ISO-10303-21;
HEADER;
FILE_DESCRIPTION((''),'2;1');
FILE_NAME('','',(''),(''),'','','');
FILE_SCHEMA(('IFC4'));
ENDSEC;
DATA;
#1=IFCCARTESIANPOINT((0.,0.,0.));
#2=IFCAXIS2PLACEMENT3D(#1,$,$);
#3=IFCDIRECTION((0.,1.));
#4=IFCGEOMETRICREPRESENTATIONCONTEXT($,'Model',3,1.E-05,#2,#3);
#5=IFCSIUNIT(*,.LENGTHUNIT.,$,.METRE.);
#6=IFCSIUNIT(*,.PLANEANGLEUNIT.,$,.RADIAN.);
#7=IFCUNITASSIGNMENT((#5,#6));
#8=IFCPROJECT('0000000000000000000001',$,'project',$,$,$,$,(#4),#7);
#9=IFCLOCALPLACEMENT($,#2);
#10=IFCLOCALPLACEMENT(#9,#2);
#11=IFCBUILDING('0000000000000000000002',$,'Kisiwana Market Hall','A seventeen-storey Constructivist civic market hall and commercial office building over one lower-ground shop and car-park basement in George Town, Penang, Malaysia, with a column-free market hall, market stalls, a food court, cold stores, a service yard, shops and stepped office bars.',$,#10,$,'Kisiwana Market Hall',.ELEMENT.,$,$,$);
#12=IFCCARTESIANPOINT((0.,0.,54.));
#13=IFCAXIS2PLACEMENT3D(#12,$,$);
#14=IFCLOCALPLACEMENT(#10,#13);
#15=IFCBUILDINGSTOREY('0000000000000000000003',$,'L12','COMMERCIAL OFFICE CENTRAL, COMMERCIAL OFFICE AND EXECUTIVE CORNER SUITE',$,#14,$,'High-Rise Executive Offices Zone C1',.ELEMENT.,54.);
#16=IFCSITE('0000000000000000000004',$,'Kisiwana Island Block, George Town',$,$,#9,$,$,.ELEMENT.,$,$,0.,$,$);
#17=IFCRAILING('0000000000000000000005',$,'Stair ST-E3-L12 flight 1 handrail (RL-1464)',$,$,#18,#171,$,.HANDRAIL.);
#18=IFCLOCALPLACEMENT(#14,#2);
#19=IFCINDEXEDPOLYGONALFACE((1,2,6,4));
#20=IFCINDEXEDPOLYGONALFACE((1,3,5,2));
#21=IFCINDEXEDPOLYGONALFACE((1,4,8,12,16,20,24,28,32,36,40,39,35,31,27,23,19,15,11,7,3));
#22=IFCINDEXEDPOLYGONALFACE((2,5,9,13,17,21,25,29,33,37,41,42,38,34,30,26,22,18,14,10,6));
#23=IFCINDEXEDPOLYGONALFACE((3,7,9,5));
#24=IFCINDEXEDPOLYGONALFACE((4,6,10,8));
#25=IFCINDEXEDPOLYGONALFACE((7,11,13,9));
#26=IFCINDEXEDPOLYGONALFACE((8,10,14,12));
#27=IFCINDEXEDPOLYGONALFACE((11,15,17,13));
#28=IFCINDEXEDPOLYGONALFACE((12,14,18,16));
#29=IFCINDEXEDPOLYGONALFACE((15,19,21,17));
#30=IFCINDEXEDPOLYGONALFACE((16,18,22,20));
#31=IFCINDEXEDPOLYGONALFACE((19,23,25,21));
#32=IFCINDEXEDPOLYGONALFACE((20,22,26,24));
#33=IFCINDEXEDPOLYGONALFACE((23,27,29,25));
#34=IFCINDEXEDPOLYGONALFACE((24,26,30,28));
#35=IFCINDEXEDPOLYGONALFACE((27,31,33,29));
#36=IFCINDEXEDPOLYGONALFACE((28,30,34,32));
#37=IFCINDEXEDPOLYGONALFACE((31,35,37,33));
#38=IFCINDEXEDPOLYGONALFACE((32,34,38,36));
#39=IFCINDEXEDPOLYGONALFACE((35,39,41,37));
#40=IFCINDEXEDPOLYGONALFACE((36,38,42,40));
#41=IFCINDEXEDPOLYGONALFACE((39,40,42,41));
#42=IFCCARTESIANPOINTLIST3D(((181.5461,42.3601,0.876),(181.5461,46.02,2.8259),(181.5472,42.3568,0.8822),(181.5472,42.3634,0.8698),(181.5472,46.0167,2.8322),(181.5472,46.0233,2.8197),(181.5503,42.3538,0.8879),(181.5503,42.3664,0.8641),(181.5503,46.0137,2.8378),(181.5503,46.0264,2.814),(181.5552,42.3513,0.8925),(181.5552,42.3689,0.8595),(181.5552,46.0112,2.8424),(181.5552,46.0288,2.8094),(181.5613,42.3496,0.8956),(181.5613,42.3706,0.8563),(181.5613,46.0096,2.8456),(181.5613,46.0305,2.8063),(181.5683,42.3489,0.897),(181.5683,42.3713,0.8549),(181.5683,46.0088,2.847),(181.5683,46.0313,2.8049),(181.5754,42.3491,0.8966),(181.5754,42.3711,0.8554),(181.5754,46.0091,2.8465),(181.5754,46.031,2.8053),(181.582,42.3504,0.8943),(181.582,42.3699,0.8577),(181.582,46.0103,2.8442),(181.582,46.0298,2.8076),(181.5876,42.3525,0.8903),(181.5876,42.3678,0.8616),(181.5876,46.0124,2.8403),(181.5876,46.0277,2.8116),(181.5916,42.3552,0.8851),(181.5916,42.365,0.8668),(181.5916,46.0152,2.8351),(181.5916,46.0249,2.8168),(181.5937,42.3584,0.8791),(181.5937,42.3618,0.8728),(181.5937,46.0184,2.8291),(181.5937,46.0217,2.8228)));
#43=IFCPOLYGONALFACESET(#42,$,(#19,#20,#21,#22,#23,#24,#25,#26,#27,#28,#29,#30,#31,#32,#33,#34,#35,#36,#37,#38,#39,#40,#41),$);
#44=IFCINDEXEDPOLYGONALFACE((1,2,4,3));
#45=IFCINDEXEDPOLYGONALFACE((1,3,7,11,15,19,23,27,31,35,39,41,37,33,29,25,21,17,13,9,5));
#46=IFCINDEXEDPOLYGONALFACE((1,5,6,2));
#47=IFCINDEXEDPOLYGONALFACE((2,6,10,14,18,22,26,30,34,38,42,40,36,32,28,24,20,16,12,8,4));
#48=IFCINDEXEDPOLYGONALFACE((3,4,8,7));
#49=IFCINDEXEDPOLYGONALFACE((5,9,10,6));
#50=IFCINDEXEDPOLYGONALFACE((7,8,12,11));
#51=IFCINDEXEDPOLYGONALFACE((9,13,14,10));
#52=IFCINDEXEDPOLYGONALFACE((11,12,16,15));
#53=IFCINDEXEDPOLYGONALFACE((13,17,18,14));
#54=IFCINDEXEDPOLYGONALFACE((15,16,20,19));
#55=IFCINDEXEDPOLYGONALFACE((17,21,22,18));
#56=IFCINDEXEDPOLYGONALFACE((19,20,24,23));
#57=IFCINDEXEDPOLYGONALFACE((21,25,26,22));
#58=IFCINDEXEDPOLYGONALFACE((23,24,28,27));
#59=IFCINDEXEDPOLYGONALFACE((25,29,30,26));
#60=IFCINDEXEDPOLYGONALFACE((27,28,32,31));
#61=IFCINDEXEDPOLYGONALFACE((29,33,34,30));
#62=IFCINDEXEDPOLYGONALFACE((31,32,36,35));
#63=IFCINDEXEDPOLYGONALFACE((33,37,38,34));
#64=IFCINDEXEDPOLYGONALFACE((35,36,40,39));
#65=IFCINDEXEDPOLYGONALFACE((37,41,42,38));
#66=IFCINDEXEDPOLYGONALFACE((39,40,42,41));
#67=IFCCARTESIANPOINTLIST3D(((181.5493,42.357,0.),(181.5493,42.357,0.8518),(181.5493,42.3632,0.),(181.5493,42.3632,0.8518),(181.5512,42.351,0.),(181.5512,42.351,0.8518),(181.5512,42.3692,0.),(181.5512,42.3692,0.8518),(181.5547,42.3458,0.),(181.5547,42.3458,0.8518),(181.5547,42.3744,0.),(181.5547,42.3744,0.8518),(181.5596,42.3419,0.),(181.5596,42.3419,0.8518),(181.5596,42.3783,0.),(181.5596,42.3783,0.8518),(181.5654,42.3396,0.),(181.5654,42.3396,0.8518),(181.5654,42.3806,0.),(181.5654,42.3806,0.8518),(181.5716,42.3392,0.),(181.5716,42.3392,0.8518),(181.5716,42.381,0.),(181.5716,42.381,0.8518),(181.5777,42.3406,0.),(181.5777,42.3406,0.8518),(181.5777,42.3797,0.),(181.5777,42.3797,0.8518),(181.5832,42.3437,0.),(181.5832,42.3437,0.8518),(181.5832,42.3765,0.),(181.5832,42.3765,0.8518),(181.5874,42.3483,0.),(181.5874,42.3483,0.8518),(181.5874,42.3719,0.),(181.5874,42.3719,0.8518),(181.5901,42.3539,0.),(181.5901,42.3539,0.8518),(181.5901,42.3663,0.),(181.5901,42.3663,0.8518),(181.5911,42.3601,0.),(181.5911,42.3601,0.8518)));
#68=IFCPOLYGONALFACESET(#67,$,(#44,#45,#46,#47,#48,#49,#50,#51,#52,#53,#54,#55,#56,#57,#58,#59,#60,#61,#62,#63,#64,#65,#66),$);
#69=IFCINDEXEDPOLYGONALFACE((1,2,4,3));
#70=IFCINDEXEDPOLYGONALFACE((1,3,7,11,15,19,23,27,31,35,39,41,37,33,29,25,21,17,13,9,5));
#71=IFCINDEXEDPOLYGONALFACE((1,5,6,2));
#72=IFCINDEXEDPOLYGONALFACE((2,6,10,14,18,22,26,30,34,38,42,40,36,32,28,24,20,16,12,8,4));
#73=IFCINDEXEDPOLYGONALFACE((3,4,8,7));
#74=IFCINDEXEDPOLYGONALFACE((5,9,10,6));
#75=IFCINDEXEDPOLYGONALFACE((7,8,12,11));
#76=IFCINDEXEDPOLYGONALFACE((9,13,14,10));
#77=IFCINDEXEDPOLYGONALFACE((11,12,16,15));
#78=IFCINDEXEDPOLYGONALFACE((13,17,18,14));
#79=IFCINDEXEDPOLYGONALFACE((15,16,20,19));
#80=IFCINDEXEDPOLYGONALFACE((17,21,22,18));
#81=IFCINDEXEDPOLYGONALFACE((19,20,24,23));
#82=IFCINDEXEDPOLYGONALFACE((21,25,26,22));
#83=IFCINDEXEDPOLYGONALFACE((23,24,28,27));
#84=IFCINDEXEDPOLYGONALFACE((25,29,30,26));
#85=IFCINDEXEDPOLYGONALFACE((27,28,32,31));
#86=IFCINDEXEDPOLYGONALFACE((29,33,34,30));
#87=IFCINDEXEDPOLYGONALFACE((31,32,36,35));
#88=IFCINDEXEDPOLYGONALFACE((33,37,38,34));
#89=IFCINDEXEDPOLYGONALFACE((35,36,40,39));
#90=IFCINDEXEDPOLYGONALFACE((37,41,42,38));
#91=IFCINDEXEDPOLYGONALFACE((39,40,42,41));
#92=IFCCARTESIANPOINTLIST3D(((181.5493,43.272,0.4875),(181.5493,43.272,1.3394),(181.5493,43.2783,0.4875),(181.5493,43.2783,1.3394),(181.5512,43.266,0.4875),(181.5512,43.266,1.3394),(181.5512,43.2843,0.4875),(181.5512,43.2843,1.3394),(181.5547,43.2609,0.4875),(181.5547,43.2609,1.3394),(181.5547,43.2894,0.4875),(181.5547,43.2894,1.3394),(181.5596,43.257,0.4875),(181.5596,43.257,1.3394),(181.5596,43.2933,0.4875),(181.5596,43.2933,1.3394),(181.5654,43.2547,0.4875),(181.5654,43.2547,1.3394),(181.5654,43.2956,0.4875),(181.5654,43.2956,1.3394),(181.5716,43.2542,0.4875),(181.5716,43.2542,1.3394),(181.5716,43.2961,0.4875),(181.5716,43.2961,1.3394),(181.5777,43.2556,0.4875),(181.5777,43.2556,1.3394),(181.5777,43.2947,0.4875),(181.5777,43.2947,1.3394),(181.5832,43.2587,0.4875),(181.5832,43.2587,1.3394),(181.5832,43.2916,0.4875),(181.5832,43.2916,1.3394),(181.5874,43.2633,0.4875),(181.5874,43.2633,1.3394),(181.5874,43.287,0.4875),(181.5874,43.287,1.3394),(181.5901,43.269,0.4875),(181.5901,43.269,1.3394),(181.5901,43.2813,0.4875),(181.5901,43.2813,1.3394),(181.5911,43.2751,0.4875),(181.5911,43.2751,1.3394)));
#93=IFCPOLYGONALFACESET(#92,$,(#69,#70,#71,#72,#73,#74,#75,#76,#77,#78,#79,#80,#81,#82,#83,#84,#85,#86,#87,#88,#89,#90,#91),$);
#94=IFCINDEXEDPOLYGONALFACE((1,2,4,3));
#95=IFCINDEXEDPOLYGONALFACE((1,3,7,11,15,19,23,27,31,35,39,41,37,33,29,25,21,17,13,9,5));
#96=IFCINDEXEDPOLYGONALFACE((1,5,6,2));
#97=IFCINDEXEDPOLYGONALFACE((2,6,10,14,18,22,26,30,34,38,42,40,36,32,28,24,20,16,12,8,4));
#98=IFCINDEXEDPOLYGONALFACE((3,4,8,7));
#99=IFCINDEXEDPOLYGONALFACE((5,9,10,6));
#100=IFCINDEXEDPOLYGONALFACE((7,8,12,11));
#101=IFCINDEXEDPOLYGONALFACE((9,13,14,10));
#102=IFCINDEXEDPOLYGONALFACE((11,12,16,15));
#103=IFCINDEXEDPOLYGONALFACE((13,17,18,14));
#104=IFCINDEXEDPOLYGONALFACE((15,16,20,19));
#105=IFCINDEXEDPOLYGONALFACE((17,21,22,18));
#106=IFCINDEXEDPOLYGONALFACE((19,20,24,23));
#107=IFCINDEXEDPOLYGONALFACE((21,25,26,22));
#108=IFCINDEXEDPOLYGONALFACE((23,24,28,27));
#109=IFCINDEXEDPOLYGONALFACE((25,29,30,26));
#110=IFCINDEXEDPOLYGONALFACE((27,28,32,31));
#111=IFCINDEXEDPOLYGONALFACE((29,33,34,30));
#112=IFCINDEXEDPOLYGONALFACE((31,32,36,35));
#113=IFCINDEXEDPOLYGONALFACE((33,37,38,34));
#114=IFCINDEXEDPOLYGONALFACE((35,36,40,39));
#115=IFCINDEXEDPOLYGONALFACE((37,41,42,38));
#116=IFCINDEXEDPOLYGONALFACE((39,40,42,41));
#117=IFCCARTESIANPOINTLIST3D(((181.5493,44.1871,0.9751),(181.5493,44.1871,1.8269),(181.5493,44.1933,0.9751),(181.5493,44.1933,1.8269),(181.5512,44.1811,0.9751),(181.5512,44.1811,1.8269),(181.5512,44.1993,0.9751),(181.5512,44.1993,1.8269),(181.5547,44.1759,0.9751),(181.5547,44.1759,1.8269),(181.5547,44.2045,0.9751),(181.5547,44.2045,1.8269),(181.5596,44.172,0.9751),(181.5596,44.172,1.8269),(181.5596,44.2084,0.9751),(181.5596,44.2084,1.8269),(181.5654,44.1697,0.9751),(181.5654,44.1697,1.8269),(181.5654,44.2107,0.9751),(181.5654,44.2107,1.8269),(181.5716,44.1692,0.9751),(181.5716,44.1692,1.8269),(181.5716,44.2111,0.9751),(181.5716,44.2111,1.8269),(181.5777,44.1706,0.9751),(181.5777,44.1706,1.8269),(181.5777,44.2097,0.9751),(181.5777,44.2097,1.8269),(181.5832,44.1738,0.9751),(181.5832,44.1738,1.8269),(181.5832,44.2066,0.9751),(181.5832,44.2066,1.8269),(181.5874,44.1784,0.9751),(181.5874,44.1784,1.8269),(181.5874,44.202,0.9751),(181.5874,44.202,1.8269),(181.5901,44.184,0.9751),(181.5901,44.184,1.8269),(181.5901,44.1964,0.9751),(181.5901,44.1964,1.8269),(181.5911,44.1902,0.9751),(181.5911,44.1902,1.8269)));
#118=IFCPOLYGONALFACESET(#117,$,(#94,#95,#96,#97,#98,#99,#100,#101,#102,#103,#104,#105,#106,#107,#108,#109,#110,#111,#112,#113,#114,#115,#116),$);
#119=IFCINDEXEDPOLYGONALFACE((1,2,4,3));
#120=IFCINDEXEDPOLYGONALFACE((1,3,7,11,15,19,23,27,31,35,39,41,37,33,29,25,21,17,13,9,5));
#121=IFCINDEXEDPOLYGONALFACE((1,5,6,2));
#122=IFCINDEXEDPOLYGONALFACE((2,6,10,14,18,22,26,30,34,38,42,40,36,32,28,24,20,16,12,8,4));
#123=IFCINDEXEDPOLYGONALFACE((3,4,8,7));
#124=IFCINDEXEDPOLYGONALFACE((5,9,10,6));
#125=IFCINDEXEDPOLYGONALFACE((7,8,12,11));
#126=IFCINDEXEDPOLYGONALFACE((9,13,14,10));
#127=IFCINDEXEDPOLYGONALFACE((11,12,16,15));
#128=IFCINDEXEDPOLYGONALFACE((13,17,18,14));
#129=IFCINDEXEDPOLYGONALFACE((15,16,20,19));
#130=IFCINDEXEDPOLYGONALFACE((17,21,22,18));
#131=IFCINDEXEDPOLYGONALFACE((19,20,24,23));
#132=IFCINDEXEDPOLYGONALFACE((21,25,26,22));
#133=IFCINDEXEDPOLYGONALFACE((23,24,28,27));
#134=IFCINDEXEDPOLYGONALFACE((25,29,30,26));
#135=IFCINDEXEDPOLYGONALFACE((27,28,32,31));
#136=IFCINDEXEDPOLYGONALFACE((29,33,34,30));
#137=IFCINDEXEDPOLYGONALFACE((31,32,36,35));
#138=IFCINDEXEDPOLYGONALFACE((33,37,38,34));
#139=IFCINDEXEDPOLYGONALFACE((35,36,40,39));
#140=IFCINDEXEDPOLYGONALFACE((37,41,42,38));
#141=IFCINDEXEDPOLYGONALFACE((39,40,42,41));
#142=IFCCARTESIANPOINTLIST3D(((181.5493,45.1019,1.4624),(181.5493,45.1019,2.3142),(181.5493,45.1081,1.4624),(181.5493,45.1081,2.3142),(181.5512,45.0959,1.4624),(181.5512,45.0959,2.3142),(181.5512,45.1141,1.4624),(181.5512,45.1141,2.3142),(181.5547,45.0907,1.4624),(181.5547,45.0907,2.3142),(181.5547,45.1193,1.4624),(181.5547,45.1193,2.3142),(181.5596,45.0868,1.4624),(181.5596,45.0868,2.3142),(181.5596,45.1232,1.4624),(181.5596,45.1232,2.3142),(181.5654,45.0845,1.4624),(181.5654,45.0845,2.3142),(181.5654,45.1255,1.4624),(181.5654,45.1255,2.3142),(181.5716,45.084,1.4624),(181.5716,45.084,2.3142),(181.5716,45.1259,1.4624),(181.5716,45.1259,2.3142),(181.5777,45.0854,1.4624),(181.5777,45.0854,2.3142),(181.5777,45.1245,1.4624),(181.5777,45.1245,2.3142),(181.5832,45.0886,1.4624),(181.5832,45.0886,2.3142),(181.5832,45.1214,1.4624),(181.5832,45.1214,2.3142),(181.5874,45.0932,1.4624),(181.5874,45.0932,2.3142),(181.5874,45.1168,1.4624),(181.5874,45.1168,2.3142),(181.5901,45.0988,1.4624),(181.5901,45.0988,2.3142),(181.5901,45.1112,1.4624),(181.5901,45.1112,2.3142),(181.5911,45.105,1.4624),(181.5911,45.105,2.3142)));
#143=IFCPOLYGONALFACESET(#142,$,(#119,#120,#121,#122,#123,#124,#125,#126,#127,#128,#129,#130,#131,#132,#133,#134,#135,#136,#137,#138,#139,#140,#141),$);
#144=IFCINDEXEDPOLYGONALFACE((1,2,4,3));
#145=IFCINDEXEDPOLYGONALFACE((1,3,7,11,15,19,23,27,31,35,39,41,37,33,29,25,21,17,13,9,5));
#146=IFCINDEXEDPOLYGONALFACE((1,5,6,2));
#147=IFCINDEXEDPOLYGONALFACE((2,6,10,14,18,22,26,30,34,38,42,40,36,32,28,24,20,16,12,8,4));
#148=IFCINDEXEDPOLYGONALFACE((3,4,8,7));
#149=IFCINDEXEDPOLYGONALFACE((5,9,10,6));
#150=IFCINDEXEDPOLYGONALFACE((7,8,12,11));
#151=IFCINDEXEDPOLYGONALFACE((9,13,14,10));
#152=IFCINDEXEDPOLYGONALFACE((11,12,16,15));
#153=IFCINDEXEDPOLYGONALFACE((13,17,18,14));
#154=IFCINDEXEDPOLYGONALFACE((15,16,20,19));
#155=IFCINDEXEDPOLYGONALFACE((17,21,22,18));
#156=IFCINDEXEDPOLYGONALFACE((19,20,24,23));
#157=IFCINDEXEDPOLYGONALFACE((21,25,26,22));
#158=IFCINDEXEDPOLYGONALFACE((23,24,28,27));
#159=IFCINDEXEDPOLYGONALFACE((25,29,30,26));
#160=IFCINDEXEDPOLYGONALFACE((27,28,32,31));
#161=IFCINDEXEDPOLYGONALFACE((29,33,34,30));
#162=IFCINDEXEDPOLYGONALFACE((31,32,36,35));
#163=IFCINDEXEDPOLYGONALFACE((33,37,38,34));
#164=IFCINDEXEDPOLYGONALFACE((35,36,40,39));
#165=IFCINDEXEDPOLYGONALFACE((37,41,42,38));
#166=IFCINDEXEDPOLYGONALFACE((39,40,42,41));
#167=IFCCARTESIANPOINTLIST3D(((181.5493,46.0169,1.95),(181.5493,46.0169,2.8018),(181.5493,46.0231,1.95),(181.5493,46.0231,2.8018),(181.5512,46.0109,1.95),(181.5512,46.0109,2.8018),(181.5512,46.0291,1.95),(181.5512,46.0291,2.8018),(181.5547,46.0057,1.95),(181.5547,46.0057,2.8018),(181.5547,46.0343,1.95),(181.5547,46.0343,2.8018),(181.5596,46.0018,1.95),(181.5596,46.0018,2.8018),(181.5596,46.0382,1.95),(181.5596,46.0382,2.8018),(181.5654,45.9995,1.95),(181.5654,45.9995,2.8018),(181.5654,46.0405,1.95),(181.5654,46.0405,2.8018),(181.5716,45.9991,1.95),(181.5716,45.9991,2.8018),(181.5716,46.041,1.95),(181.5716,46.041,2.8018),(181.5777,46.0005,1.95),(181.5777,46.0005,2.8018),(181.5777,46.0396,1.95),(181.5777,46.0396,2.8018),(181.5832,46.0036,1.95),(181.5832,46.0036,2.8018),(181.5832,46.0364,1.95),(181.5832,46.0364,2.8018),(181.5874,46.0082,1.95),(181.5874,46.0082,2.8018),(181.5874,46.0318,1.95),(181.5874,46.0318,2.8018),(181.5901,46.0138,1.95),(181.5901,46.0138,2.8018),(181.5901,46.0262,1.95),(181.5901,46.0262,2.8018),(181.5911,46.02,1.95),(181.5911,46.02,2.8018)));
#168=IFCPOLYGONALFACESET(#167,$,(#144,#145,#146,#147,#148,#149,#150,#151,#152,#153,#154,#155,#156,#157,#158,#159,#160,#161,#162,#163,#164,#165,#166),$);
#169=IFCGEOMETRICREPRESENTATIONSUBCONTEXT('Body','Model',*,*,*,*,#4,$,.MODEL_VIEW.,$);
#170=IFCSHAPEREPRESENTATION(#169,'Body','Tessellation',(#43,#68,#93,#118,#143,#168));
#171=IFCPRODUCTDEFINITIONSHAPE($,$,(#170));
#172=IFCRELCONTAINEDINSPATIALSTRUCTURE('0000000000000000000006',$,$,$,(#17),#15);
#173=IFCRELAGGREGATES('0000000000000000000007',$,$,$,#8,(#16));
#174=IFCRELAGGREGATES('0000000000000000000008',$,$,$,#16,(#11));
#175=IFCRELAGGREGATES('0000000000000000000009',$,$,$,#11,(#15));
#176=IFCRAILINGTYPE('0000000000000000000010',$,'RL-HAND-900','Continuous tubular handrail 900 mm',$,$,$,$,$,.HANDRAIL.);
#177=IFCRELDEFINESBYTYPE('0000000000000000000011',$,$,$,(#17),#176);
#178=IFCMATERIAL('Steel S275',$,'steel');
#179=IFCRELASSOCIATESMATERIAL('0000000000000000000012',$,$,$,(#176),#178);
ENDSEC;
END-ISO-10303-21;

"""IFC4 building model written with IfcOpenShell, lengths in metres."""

from ifc_helpers import new_model, si_unit, direction, frame, origin, origin_2d, place, context, subcontext, project, spatial, circle, extrude, material, type_object, element, save


model = new_model("IFC4")

# Units and contexts
model_context = context("Model", 3, precision=1e-05, world=origin(), true_north=direction((0.0, 1.0)))
body_context = subcontext(model_context, "Body", "Model", "MODEL_VIEW")
ifc_project = project(units=[si_unit("LENGTHUNIT", "METRE"), si_unit("PLANEANGLEUNIT", "RADIAN")], contexts=[model_context])

# Site, building, storey
site_placement = place(None, origin())
site = spatial("IfcSite", under=ifc_project, at=site_placement, Name="Kisiwana Island Block, George Town", CompositionType="ELEMENT", RefElevation=0.0)
building_placement = place(site_placement, origin())
building = spatial("IfcBuilding", under=site, at=building_placement, Name="Kisiwana Market Hall", Description="A seventeen-storey Constructivist civic market hall and commercial office building over one lower-ground shop and car-park basement in George Town, Penang, Malaysia, with a column-free market hall, market stalls, a food court, cold stores, a service yard, shops and stepped office bars.", LongName="Kisiwana Market Hall", CompositionType="ELEMENT")
storey_placement = place(building_placement, frame((0.0, 0.0, 54.0)))
storey = spatial("IfcBuildingStorey", under=building, at=storey_placement, Name="L12", Description="COMMERCIAL OFFICE CENTRAL, COMMERCIAL OFFICE AND EXECUTIVE CORNER SUITE", LongName="High-Rise Executive Offices Zone C1", CompositionType="ELEMENT", Elevation=54.0)

# Railing
ifc_material_1 = material(Name="Steel S275", Category="steel")
railing_type_1 = type_object("IfcRailingType", Name="RL-HAND-900", Description="Continuous tubular handrail 900 mm", PredefinedType="HANDRAIL", material=ifc_material_1)
railing_1_placement = place(storey_placement, frame((181.5701, 42.3601, 0.0)))
element("IfcRailing", 1, at=railing_1_placement, inside=storey, type_object=railing_type_1, Name="Stair ST-E3-L12 flight 1 handrail (RL-1464)", PredefinedType="HANDRAIL", context=body_context, shape_type="SweptSolid", body=[
    extrude(circle(Radius=0.0239, at=origin_2d()), frame((0.0, 0.0, 0.876), z_axis=(0.0, 0.882553, 0.470212), x_axis=(-1.0, 0.0, 0.0)), (0.0, 0.0, 1.0), 4.147),
    extrude(circle(Radius=0.021, at=origin_2d()), origin(), (0.0, 0.0, 1.0), 0.8518),
    extrude(circle(Radius=0.021, at=origin_2d()), frame((0.0, 0.915, 0.4875)), (0.0, 0.0, 1.0), 0.8518),
    extrude(circle(Radius=0.021, at=origin_2d()), frame((0.0, 1.8301, 0.9751)), (0.0, 0.0, 1.0), 0.8518),
    extrude(circle(Radius=0.021, at=origin_2d()), frame((0.0, 2.7449, 1.4624)), (0.0, 0.0, 1.0), 0.8518),
    extrude(circle(Radius=0.021, at=origin_2d()), frame((0.0, 3.6599, 1.95)), (0.0, 0.0, 1.0), 0.8518),
])

save(model, "model.ifc")
